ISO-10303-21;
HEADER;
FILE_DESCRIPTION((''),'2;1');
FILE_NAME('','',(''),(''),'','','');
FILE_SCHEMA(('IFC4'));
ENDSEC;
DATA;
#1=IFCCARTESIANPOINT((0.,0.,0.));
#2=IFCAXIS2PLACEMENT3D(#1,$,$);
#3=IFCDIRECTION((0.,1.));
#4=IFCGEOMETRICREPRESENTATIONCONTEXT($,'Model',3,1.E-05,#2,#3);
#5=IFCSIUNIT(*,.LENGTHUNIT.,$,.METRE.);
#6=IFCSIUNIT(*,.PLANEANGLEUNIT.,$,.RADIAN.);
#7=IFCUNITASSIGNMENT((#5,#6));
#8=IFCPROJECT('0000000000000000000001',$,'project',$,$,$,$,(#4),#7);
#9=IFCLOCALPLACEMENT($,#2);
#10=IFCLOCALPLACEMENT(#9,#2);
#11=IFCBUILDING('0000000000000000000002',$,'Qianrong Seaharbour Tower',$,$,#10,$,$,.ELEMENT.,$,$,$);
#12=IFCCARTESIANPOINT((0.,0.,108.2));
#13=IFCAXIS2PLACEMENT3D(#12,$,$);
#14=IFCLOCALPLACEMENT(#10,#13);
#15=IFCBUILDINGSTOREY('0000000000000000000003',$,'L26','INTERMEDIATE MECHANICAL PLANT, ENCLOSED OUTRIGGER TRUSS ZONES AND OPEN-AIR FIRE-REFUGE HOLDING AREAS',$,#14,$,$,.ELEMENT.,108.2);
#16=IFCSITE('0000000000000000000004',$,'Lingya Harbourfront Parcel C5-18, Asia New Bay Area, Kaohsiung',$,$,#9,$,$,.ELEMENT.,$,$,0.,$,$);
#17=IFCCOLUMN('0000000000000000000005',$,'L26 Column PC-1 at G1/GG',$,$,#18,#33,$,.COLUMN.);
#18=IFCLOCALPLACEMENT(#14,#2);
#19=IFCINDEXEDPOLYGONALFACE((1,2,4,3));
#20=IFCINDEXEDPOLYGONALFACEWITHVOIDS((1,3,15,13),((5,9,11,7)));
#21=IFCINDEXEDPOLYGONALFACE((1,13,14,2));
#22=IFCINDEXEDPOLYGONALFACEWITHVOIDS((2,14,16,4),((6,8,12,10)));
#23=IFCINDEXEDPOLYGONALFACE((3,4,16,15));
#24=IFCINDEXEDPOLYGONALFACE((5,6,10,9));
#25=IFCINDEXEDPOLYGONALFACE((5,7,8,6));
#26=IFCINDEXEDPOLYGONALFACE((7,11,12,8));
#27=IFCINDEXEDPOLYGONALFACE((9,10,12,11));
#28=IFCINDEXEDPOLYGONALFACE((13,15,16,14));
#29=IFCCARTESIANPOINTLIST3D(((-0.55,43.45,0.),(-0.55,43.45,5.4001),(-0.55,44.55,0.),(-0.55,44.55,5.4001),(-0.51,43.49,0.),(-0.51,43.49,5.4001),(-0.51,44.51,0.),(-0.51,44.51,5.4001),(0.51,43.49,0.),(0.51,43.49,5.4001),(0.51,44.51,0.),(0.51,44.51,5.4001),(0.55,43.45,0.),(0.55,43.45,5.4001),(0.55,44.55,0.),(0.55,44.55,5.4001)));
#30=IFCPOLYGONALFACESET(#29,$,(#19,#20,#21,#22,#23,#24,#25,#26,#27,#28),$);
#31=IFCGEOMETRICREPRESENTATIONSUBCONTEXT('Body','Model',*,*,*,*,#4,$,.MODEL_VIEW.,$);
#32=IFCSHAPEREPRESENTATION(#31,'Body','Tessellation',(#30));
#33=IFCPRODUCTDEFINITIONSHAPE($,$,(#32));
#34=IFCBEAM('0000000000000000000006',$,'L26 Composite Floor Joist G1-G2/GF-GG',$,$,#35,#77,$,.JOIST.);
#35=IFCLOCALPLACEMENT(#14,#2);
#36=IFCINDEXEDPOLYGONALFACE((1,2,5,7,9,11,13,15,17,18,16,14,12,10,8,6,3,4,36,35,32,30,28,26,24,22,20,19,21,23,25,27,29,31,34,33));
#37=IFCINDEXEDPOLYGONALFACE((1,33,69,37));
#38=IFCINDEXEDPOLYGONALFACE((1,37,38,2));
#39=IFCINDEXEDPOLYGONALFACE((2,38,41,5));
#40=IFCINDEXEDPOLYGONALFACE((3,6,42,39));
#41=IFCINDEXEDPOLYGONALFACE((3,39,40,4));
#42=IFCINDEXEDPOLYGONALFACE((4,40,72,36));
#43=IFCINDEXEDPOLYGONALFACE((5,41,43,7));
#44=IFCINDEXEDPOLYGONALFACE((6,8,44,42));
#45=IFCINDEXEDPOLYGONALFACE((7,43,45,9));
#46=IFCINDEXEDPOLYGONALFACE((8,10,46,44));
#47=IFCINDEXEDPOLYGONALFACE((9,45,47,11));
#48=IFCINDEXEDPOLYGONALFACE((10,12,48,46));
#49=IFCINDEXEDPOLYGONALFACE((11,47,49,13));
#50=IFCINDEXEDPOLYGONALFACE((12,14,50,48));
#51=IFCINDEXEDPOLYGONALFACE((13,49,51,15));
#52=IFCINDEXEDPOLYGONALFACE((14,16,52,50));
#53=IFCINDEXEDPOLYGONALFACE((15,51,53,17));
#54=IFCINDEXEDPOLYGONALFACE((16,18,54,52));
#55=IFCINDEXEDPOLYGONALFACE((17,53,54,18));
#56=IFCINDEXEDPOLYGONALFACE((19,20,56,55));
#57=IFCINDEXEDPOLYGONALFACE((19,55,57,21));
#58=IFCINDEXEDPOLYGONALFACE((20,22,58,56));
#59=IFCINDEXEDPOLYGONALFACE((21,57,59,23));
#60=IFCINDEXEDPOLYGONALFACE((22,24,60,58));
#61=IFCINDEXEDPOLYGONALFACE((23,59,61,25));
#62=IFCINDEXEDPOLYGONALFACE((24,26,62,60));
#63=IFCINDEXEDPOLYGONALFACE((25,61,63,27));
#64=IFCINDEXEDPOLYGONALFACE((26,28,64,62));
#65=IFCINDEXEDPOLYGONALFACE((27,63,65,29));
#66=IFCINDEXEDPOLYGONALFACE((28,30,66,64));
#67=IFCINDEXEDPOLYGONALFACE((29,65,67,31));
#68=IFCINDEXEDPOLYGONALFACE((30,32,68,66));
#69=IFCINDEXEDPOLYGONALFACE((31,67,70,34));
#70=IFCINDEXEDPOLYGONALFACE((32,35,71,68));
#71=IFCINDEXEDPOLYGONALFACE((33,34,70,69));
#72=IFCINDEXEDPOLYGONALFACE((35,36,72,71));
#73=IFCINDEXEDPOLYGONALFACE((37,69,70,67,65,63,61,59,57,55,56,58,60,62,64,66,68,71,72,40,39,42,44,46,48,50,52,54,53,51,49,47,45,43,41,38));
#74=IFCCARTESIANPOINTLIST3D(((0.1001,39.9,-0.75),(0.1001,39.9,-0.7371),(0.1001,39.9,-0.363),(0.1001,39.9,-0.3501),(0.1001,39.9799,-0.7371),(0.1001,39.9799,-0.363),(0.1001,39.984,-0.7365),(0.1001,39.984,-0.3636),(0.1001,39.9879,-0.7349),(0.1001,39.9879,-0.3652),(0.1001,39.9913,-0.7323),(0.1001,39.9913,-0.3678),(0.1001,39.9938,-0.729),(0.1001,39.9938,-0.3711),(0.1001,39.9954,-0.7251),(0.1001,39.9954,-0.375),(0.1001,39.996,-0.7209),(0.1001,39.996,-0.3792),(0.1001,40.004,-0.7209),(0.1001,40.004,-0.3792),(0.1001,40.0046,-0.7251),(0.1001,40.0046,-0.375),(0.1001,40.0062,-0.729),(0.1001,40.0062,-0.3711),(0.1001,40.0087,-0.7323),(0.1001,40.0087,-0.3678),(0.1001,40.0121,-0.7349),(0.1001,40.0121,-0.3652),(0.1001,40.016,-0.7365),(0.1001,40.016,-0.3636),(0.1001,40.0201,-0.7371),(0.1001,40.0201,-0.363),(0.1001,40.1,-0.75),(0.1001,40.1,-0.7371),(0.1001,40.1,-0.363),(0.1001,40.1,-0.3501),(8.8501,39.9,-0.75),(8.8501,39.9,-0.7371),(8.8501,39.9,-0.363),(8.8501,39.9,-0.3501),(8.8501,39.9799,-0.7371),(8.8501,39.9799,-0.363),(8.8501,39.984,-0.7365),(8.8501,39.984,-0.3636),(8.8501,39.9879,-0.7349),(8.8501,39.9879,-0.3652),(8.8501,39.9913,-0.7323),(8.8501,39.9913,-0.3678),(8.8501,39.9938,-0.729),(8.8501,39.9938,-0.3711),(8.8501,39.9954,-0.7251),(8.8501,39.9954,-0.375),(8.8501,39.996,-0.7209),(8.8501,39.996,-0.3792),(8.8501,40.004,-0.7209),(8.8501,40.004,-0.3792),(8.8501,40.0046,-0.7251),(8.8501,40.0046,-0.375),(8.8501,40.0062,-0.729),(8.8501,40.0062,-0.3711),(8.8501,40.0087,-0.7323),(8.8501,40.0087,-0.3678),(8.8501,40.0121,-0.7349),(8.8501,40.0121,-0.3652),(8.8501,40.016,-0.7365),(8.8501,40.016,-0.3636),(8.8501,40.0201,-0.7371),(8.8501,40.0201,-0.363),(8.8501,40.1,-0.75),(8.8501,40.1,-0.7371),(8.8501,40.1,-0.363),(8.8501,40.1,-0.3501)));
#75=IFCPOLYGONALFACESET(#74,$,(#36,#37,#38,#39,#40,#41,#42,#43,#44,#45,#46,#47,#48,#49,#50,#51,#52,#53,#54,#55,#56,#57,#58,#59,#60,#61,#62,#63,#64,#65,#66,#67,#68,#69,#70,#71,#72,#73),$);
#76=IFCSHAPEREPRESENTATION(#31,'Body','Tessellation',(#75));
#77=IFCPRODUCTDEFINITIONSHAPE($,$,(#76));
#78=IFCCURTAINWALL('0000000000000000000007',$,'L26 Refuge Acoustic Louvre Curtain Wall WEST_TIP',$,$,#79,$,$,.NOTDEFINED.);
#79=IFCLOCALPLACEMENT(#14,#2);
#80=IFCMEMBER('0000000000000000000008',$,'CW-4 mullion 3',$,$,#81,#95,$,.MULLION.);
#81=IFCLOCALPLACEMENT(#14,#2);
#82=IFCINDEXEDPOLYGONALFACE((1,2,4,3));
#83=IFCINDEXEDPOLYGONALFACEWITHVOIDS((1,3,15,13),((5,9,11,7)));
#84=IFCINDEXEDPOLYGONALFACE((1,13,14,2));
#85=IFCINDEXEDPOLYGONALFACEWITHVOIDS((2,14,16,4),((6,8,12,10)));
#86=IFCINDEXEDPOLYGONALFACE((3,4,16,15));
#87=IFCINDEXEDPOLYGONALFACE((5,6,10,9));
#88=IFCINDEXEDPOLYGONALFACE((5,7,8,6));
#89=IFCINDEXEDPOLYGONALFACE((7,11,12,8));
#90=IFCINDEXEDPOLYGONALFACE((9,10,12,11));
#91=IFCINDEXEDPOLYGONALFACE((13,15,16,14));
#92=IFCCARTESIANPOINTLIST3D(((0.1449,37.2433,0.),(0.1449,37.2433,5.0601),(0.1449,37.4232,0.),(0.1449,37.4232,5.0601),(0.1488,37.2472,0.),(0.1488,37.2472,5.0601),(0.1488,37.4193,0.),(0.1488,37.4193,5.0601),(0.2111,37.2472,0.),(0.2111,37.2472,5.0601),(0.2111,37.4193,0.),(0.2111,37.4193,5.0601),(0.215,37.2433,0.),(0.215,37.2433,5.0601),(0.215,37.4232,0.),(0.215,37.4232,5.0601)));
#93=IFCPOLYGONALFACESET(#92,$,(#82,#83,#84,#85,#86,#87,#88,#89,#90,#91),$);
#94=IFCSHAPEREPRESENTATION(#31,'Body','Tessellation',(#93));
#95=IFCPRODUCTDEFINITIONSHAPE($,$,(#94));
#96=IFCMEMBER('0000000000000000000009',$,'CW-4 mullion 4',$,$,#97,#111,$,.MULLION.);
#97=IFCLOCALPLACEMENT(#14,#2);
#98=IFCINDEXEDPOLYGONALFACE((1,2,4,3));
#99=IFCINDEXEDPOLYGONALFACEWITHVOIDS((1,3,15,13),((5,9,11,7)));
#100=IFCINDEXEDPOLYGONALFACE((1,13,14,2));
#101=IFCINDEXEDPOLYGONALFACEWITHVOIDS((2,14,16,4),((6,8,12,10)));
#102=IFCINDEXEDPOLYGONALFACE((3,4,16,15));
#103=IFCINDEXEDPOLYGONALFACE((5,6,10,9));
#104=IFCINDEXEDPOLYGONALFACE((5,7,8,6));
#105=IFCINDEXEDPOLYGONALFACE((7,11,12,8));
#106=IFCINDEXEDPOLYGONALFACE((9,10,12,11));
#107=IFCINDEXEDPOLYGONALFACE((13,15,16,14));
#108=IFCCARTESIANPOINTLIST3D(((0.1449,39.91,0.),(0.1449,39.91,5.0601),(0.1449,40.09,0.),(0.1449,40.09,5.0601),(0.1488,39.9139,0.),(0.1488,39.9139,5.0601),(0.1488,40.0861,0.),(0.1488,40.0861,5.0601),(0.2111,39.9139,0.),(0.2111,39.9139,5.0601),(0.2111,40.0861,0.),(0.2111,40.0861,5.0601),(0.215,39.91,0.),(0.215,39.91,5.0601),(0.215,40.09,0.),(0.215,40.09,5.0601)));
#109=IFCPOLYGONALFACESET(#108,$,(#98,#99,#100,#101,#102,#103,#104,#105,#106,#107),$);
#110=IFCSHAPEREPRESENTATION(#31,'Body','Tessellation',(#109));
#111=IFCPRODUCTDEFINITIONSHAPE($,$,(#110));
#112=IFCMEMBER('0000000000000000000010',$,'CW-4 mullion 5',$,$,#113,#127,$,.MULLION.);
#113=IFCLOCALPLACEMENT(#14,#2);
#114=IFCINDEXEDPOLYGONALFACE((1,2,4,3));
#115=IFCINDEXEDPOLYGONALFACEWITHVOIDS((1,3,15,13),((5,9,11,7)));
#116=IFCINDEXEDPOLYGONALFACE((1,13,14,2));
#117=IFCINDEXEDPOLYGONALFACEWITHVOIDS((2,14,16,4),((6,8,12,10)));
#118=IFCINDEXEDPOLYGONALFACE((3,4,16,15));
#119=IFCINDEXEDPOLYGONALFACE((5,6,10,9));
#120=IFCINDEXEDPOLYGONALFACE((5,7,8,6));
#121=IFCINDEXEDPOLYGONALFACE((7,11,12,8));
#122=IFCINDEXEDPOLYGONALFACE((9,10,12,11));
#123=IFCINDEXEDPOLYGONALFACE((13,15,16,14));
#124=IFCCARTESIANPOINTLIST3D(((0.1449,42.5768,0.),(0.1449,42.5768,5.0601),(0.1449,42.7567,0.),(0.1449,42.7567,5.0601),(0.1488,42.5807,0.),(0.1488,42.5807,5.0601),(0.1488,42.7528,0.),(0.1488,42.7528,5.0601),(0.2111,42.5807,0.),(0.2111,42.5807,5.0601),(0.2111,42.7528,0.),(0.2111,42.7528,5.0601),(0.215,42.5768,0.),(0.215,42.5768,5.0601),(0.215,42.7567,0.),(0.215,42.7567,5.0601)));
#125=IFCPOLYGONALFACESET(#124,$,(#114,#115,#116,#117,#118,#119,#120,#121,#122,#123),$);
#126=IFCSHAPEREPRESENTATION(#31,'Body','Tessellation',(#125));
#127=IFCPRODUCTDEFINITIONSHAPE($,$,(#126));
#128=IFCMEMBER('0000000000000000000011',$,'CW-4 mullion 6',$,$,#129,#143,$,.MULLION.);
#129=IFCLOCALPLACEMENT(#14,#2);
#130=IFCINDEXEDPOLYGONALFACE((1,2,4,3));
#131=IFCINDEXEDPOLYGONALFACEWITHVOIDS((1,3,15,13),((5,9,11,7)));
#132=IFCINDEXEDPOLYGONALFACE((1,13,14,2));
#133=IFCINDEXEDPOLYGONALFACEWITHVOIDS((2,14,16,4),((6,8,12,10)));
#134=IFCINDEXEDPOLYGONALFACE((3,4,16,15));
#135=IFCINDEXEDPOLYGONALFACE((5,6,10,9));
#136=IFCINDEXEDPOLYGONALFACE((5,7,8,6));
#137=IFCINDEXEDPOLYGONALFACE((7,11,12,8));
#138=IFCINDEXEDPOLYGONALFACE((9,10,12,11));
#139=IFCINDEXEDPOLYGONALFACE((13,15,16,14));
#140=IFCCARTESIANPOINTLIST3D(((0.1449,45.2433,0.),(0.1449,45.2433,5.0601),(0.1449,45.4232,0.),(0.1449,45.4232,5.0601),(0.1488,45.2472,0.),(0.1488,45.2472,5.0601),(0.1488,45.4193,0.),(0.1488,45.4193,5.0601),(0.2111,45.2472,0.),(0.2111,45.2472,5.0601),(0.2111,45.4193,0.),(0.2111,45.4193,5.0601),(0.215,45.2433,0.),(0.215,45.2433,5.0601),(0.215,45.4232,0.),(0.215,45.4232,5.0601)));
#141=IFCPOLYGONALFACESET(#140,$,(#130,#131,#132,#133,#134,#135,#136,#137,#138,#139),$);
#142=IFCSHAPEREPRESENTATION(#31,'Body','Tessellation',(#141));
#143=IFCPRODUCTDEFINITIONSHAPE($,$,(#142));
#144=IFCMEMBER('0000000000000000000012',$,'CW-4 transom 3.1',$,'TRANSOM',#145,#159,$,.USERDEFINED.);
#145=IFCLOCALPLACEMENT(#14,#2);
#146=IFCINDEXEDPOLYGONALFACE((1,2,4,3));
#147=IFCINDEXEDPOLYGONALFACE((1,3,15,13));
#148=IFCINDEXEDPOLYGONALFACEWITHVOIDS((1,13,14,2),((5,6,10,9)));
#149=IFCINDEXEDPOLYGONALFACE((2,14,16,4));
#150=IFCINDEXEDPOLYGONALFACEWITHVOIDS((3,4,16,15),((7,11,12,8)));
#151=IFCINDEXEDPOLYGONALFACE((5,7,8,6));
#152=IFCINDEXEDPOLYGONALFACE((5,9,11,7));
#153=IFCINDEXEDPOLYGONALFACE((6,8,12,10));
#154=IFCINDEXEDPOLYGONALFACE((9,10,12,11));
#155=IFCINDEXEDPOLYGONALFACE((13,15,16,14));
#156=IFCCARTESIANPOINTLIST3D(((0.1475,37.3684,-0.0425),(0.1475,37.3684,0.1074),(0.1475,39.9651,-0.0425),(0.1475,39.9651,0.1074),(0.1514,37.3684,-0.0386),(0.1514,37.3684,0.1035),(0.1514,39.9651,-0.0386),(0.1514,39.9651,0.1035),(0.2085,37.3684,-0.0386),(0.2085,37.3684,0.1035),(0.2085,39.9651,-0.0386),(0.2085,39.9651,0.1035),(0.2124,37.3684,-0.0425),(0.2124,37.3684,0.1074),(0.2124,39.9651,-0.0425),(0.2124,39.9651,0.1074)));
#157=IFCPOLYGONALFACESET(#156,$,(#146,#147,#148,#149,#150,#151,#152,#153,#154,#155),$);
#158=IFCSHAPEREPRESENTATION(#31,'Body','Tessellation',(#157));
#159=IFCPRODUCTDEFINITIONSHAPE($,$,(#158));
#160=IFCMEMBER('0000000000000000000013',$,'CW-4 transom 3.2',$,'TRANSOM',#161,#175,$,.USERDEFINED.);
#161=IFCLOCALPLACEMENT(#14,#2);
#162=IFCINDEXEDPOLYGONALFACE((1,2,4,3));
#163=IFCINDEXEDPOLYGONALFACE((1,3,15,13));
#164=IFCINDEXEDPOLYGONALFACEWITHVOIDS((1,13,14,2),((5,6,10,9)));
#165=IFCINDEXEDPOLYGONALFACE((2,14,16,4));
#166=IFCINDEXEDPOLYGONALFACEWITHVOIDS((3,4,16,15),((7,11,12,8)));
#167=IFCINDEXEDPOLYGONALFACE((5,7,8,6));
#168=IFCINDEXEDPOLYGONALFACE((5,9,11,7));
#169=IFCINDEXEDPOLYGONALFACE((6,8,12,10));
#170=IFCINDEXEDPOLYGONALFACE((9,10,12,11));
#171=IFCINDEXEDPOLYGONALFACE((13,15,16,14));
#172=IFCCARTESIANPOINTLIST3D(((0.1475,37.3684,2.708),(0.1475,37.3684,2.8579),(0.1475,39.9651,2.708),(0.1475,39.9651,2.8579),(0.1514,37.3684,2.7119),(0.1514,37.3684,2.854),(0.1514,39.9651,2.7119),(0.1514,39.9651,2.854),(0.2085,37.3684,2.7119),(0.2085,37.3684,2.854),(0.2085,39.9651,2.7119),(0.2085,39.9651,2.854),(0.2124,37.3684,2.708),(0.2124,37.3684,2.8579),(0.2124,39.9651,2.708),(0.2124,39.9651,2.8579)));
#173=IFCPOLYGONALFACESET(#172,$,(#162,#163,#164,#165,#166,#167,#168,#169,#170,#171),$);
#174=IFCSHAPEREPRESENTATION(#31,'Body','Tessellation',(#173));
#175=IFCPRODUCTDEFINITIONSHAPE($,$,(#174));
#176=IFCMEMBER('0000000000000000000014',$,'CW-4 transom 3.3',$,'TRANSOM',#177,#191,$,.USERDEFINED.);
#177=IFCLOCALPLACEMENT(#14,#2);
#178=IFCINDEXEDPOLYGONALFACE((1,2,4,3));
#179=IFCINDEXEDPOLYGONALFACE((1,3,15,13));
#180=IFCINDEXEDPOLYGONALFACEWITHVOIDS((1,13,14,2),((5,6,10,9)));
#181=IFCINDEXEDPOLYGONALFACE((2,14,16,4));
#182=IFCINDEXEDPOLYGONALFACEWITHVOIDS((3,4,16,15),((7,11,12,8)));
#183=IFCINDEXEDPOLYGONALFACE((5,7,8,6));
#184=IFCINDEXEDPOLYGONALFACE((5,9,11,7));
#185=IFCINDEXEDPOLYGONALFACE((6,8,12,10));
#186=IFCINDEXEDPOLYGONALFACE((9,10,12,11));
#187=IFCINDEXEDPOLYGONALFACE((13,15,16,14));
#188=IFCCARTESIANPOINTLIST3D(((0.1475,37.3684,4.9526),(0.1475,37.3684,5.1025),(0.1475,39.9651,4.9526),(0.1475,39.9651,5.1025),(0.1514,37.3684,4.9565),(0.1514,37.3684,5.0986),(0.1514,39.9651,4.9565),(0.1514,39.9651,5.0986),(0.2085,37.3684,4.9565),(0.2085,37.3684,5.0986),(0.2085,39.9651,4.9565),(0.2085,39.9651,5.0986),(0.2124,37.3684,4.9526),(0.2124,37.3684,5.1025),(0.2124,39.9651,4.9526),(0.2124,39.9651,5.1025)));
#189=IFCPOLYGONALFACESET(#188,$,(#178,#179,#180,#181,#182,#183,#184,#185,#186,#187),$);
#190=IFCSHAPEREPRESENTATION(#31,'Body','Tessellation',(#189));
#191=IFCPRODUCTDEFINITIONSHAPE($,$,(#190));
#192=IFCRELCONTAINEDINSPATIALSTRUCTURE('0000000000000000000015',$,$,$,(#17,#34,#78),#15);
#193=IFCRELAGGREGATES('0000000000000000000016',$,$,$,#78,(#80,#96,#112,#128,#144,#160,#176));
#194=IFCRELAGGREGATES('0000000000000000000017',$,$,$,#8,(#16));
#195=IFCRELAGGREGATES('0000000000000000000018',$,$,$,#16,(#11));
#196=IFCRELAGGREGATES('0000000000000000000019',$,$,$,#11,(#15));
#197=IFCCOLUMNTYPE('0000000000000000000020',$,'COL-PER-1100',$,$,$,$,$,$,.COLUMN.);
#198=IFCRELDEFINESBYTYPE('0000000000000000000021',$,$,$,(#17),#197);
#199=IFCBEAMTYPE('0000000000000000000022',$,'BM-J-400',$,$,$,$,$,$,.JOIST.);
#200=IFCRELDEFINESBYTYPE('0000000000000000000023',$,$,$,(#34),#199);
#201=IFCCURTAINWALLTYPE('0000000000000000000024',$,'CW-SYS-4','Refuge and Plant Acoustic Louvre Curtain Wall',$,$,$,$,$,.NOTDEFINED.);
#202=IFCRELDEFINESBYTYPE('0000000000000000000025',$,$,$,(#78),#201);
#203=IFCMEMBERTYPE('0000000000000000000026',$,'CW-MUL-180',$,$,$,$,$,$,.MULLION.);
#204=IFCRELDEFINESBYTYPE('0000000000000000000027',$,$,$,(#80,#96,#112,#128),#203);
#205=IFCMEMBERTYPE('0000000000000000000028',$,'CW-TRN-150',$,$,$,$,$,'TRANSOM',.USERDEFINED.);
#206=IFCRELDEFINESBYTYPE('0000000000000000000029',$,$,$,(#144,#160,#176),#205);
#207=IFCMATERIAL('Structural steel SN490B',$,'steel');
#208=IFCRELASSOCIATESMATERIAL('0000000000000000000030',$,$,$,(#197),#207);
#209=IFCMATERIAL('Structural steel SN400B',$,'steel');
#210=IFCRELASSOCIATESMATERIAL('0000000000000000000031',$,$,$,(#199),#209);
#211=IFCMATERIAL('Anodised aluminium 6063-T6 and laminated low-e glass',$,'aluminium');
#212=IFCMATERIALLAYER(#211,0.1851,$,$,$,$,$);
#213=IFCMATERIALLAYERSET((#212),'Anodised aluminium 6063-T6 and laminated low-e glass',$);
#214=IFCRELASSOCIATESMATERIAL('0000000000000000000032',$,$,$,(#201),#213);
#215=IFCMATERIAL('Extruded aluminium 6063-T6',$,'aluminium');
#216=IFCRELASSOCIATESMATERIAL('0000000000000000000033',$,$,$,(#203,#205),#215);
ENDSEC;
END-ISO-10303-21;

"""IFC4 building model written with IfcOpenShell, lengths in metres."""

from ifc_helpers import new_model, si_unit, direction, frame, origin, origin_2d, place, context, subcontext, project, spatial, hollow_rectangle, i_section, extrude, material, layer, layer_set, material_profile, profile_set, type_object, element, aggregate, save


model = new_model("IFC4")

# Units and contexts
model_context = context("Model", 3, precision=1e-05, world=origin(), true_north=direction((0.0, 1.0)))
body_context = subcontext(model_context, "Body", "Model", "MODEL_VIEW")
ifc_project = project(units=[si_unit("LENGTHUNIT", "METRE"), si_unit("PLANEANGLEUNIT", "RADIAN")], contexts=[model_context])

# Site, building, storey
site_placement = place(None, origin())
site = spatial("IfcSite", under=ifc_project, at=site_placement, Name="Lingya Harbourfront Parcel C5-18, Asia New Bay Area, Kaohsiung", CompositionType="ELEMENT", RefElevation=0.0)
building_placement = place(site_placement, origin())
building = spatial("IfcBuilding", under=site, at=building_placement, Name="Qianrong Seaharbour Tower", CompositionType="ELEMENT")
storey_placement = place(building_placement, frame((0.0, 0.0, 108.2)))
storey = spatial("IfcBuildingStorey", under=building, at=storey_placement, Name="L26", Description="INTERMEDIATE MECHANICAL PLANT, ENCLOSED OUTRIGGER TRUSS ZONES AND OPEN-AIR FIRE-REFUGE HOLDING AREAS", CompositionType="ELEMENT", Elevation=108.2)

# Column
ifc_material_1 = material(Name="Structural steel SN490B", Category="steel")
ifc_material_profile_1 = material_profile(ifc_material_1, hollow_rectangle(XDim=1.1001, YDim=1.1001, WallThickness=0.04, at=origin_2d()), Name="BOX1100x1100x40")
ifc_profile_set_1 = profile_set([ifc_material_profile_1], Name="Structural steel SN490B")
column_type = type_object("IfcColumnType", Name="COL-PER-1100", PredefinedType="COLUMN", material=ifc_profile_set_1)
column_placement = place(storey_placement, frame((0.0, 44.0, 0.0), z_axis=(0.0, 0.0, 1.0), x_axis=(1.0, 0.0, 0.0)))
element("IfcColumn", 1, at=column_placement, inside=storey, type_object=column_type, Name="L26 Column PC-1 at G1/GG", PredefinedType="COLUMN", context=body_context, shape_type="SweptSolid", body=[
    extrude(hollow_rectangle(XDim=1.1001, YDim=1.1001, WallThickness=0.04, at=origin_2d()), origin(), (0.0, 0.0, 1.0), 5.4001),
])

# Beam
ifc_material_2 = material(Name="Structural steel SN400B", Category="steel")
ifc_material_profile_2 = material_profile(ifc_material_2, i_section(OverallWidth=0.2, OverallDepth=0.3999, WebThickness=0.0081, FlangeThickness=0.0129, FilletRadius=0.0161, at=origin_2d()), Name="H400x200x8x13")
ifc_profile_set_2 = profile_set([ifc_material_profile_2], Name="Structural steel SN400B")
beam_type = type_object("IfcBeamType", Name="BM-J-400", PredefinedType="JOIST", material=ifc_profile_set_2)
beam_placement = place(storey_placement, frame((0.1001, 40.0, -0.55), z_axis=(1.0, 0.0, 0.0), x_axis=(0.0, 1.0, 0.0)))
element("IfcBeam", 2, at=beam_placement, inside=storey, type_object=beam_type, Name="L26 Composite Floor Joist G1-G2/GF-GG", PredefinedType="JOIST", context=body_context, shape_type="SweptSolid", body=[
    extrude(i_section(OverallWidth=0.2, OverallDepth=0.3999, WebThickness=0.0081, FlangeThickness=0.0129, FilletRadius=0.0161, at=origin_2d()), origin(), (0.0, 0.0, 1.0), 8.75),
])

# Curtain wall, members
ifc_material_3 = material(Name="Anodised aluminium 6063-T6 and laminated low-e glass", Category="aluminium")
ifc_layer_1 = layer(ifc_material_3, 0.1851)
ifc_layer_set_1 = layer_set([ifc_layer_1], Name="Anodised aluminium 6063-T6 and laminated low-e glass")
curtain_wall_type = type_object("IfcCurtainWallType", Name="CW-SYS-4", Description="Refuge and Plant Acoustic Louvre Curtain Wall", PredefinedType="NOTDEFINED", material=ifc_layer_set_1)
curtain_wall_placement = place(storey_placement, origin())
curtain_wall = element("IfcCurtainWall", 3, at=curtain_wall_placement, inside=storey, type_object=curtain_wall_type, Name="L26 Refuge Acoustic Louvre Curtain Wall WEST_TIP", PredefinedType="NOTDEFINED")
ifc_material_4 = material(Name="Extruded aluminium 6063-T6", Category="aluminium")
ifc_material_profile_3 = material_profile(ifc_material_4, hollow_rectangle(XDim=0.0701, YDim=0.1799, WallThickness=0.0039, at=origin_2d()), Name="ALU-MUL-180x70x4")
ifc_profile_set_3 = profile_set([ifc_material_profile_3], Name="Extruded aluminium 6063-T6")
member_type_1 = type_object("IfcMemberType", Name="CW-MUL-180", PredefinedType="MULLION", material=ifc_profile_set_3)
member_1_placement = place(storey_placement, frame((0.1799, 37.3333, 0.0), z_axis=(0.0, 0.0, 1.0), x_axis=(-1.0, 0.0, 0.0)))
member_1 = element("IfcMember", 4, at=member_1_placement, type_object=member_type_1, Name="CW-4 mullion 3", PredefinedType="MULLION", context=body_context, shape_type="SweptSolid", body=[
    extrude(hollow_rectangle(XDim=0.0701, YDim=0.1799, WallThickness=0.0039, at=origin_2d()), origin(), (0.0, 0.0, 1.0), 5.0601),
])
member_2_placement = place(storey_placement, frame((0.1799, 40.0, 0.0), z_axis=(0.0, 0.0, 1.0), x_axis=(-1.0, 0.0, 0.0)))
member_2 = element("IfcMember", 5, at=member_2_placement, type_object=member_type_1, Name="CW-4 mullion 4", PredefinedType="MULLION", context=body_context, shape_type="SweptSolid", body=[
    extrude(hollow_rectangle(XDim=0.0701, YDim=0.1799, WallThickness=0.0039, at=origin_2d()), origin(), (0.0, 0.0, 1.0), 5.0601),
])
member_3_placement = place(storey_placement, frame((0.1799, 42.6667, 0.0), z_axis=(0.0, 0.0, 1.0), x_axis=(-1.0, 0.0, 0.0)))
member_3 = element("IfcMember", 6, at=member_3_placement, type_object=member_type_1, Name="CW-4 mullion 5", PredefinedType="MULLION", context=body_context, shape_type="SweptSolid", body=[
    extrude(hollow_rectangle(XDim=0.0701, YDim=0.1799, WallThickness=0.0039, at=origin_2d()), origin(), (0.0, 0.0, 1.0), 5.0601),
])
member_4_placement = place(storey_placement, frame((0.1799, 45.3333, 0.0), z_axis=(0.0, 0.0, 1.0), x_axis=(-1.0, 0.0, 0.0)))
member_4 = element("IfcMember", 7, at=member_4_placement, type_object=member_type_1, Name="CW-4 mullion 6", PredefinedType="MULLION", context=body_context, shape_type="SweptSolid", body=[
    extrude(hollow_rectangle(XDim=0.0701, YDim=0.1799, WallThickness=0.0039, at=origin_2d()), origin(), (0.0, 0.0, 1.0), 5.0601),
])
ifc_material_profile_4 = material_profile(ifc_material_4, hollow_rectangle(XDim=0.0649, YDim=0.1499, WallThickness=0.0039, at=origin_2d()), Name="ALU-TRN-150x65x4")
ifc_profile_set_4 = profile_set([ifc_material_profile_4], Name="Extruded aluminium 6063-T6")
member_type_2 = type_object("IfcMemberType", Name="CW-TRN-150", ElementType="TRANSOM", PredefinedType="USERDEFINED", material=ifc_profile_set_4)
member_5_placement = place(storey_placement, frame((0.1799, 37.3684, 0.0325), z_axis=(0.0, 1.0, 0.0), x_axis=(-1.0, 0.0, 0.0)))
member_5 = element("IfcMember", 8, at=member_5_placement, type_object=member_type_2, Name="CW-4 transom 3.1", ObjectType="TRANSOM", PredefinedType="USERDEFINED", context=body_context, shape_type="SweptSolid", body=[
    extrude(hollow_rectangle(XDim=0.0649, YDim=0.1499, WallThickness=0.0039, at=origin_2d()), origin(), (0.0, 0.0, 1.0), 2.5967),
])
member_6_placement = place(storey_placement, frame((0.1799, 37.3684, 2.783), z_axis=(0.0, 1.0, 0.0), x_axis=(-1.0, 0.0, 0.0)))
member_6 = element("IfcMember", 9, at=member_6_placement, type_object=member_type_2, Name="CW-4 transom 3.2", ObjectType="TRANSOM", PredefinedType="USERDEFINED", context=body_context, shape_type="SweptSolid", body=[
    extrude(hollow_rectangle(XDim=0.0649, YDim=0.1499, WallThickness=0.0039, at=origin_2d()), origin(), (0.0, 0.0, 1.0), 2.5967),
])
member_7_placement = place(storey_placement, frame((0.1799, 37.3684, 5.0276), z_axis=(0.0, 1.0, 0.0), x_axis=(-1.0, 0.0, 0.0)))
member_7 = element("IfcMember", 10, at=member_7_placement, type_object=member_type_2, Name="CW-4 transom 3.3", ObjectType="TRANSOM", PredefinedType="USERDEFINED", context=body_context, shape_type="SweptSolid", body=[
    extrude(hollow_rectangle(XDim=0.0649, YDim=0.1499, WallThickness=0.0039, at=origin_2d()), origin(), (0.0, 0.0, 1.0), 2.5967),
])
aggregate(curtain_wall, [member_1, member_2, member_3, member_4, member_5, member_6, member_7])

save(model, "model.ifc")
